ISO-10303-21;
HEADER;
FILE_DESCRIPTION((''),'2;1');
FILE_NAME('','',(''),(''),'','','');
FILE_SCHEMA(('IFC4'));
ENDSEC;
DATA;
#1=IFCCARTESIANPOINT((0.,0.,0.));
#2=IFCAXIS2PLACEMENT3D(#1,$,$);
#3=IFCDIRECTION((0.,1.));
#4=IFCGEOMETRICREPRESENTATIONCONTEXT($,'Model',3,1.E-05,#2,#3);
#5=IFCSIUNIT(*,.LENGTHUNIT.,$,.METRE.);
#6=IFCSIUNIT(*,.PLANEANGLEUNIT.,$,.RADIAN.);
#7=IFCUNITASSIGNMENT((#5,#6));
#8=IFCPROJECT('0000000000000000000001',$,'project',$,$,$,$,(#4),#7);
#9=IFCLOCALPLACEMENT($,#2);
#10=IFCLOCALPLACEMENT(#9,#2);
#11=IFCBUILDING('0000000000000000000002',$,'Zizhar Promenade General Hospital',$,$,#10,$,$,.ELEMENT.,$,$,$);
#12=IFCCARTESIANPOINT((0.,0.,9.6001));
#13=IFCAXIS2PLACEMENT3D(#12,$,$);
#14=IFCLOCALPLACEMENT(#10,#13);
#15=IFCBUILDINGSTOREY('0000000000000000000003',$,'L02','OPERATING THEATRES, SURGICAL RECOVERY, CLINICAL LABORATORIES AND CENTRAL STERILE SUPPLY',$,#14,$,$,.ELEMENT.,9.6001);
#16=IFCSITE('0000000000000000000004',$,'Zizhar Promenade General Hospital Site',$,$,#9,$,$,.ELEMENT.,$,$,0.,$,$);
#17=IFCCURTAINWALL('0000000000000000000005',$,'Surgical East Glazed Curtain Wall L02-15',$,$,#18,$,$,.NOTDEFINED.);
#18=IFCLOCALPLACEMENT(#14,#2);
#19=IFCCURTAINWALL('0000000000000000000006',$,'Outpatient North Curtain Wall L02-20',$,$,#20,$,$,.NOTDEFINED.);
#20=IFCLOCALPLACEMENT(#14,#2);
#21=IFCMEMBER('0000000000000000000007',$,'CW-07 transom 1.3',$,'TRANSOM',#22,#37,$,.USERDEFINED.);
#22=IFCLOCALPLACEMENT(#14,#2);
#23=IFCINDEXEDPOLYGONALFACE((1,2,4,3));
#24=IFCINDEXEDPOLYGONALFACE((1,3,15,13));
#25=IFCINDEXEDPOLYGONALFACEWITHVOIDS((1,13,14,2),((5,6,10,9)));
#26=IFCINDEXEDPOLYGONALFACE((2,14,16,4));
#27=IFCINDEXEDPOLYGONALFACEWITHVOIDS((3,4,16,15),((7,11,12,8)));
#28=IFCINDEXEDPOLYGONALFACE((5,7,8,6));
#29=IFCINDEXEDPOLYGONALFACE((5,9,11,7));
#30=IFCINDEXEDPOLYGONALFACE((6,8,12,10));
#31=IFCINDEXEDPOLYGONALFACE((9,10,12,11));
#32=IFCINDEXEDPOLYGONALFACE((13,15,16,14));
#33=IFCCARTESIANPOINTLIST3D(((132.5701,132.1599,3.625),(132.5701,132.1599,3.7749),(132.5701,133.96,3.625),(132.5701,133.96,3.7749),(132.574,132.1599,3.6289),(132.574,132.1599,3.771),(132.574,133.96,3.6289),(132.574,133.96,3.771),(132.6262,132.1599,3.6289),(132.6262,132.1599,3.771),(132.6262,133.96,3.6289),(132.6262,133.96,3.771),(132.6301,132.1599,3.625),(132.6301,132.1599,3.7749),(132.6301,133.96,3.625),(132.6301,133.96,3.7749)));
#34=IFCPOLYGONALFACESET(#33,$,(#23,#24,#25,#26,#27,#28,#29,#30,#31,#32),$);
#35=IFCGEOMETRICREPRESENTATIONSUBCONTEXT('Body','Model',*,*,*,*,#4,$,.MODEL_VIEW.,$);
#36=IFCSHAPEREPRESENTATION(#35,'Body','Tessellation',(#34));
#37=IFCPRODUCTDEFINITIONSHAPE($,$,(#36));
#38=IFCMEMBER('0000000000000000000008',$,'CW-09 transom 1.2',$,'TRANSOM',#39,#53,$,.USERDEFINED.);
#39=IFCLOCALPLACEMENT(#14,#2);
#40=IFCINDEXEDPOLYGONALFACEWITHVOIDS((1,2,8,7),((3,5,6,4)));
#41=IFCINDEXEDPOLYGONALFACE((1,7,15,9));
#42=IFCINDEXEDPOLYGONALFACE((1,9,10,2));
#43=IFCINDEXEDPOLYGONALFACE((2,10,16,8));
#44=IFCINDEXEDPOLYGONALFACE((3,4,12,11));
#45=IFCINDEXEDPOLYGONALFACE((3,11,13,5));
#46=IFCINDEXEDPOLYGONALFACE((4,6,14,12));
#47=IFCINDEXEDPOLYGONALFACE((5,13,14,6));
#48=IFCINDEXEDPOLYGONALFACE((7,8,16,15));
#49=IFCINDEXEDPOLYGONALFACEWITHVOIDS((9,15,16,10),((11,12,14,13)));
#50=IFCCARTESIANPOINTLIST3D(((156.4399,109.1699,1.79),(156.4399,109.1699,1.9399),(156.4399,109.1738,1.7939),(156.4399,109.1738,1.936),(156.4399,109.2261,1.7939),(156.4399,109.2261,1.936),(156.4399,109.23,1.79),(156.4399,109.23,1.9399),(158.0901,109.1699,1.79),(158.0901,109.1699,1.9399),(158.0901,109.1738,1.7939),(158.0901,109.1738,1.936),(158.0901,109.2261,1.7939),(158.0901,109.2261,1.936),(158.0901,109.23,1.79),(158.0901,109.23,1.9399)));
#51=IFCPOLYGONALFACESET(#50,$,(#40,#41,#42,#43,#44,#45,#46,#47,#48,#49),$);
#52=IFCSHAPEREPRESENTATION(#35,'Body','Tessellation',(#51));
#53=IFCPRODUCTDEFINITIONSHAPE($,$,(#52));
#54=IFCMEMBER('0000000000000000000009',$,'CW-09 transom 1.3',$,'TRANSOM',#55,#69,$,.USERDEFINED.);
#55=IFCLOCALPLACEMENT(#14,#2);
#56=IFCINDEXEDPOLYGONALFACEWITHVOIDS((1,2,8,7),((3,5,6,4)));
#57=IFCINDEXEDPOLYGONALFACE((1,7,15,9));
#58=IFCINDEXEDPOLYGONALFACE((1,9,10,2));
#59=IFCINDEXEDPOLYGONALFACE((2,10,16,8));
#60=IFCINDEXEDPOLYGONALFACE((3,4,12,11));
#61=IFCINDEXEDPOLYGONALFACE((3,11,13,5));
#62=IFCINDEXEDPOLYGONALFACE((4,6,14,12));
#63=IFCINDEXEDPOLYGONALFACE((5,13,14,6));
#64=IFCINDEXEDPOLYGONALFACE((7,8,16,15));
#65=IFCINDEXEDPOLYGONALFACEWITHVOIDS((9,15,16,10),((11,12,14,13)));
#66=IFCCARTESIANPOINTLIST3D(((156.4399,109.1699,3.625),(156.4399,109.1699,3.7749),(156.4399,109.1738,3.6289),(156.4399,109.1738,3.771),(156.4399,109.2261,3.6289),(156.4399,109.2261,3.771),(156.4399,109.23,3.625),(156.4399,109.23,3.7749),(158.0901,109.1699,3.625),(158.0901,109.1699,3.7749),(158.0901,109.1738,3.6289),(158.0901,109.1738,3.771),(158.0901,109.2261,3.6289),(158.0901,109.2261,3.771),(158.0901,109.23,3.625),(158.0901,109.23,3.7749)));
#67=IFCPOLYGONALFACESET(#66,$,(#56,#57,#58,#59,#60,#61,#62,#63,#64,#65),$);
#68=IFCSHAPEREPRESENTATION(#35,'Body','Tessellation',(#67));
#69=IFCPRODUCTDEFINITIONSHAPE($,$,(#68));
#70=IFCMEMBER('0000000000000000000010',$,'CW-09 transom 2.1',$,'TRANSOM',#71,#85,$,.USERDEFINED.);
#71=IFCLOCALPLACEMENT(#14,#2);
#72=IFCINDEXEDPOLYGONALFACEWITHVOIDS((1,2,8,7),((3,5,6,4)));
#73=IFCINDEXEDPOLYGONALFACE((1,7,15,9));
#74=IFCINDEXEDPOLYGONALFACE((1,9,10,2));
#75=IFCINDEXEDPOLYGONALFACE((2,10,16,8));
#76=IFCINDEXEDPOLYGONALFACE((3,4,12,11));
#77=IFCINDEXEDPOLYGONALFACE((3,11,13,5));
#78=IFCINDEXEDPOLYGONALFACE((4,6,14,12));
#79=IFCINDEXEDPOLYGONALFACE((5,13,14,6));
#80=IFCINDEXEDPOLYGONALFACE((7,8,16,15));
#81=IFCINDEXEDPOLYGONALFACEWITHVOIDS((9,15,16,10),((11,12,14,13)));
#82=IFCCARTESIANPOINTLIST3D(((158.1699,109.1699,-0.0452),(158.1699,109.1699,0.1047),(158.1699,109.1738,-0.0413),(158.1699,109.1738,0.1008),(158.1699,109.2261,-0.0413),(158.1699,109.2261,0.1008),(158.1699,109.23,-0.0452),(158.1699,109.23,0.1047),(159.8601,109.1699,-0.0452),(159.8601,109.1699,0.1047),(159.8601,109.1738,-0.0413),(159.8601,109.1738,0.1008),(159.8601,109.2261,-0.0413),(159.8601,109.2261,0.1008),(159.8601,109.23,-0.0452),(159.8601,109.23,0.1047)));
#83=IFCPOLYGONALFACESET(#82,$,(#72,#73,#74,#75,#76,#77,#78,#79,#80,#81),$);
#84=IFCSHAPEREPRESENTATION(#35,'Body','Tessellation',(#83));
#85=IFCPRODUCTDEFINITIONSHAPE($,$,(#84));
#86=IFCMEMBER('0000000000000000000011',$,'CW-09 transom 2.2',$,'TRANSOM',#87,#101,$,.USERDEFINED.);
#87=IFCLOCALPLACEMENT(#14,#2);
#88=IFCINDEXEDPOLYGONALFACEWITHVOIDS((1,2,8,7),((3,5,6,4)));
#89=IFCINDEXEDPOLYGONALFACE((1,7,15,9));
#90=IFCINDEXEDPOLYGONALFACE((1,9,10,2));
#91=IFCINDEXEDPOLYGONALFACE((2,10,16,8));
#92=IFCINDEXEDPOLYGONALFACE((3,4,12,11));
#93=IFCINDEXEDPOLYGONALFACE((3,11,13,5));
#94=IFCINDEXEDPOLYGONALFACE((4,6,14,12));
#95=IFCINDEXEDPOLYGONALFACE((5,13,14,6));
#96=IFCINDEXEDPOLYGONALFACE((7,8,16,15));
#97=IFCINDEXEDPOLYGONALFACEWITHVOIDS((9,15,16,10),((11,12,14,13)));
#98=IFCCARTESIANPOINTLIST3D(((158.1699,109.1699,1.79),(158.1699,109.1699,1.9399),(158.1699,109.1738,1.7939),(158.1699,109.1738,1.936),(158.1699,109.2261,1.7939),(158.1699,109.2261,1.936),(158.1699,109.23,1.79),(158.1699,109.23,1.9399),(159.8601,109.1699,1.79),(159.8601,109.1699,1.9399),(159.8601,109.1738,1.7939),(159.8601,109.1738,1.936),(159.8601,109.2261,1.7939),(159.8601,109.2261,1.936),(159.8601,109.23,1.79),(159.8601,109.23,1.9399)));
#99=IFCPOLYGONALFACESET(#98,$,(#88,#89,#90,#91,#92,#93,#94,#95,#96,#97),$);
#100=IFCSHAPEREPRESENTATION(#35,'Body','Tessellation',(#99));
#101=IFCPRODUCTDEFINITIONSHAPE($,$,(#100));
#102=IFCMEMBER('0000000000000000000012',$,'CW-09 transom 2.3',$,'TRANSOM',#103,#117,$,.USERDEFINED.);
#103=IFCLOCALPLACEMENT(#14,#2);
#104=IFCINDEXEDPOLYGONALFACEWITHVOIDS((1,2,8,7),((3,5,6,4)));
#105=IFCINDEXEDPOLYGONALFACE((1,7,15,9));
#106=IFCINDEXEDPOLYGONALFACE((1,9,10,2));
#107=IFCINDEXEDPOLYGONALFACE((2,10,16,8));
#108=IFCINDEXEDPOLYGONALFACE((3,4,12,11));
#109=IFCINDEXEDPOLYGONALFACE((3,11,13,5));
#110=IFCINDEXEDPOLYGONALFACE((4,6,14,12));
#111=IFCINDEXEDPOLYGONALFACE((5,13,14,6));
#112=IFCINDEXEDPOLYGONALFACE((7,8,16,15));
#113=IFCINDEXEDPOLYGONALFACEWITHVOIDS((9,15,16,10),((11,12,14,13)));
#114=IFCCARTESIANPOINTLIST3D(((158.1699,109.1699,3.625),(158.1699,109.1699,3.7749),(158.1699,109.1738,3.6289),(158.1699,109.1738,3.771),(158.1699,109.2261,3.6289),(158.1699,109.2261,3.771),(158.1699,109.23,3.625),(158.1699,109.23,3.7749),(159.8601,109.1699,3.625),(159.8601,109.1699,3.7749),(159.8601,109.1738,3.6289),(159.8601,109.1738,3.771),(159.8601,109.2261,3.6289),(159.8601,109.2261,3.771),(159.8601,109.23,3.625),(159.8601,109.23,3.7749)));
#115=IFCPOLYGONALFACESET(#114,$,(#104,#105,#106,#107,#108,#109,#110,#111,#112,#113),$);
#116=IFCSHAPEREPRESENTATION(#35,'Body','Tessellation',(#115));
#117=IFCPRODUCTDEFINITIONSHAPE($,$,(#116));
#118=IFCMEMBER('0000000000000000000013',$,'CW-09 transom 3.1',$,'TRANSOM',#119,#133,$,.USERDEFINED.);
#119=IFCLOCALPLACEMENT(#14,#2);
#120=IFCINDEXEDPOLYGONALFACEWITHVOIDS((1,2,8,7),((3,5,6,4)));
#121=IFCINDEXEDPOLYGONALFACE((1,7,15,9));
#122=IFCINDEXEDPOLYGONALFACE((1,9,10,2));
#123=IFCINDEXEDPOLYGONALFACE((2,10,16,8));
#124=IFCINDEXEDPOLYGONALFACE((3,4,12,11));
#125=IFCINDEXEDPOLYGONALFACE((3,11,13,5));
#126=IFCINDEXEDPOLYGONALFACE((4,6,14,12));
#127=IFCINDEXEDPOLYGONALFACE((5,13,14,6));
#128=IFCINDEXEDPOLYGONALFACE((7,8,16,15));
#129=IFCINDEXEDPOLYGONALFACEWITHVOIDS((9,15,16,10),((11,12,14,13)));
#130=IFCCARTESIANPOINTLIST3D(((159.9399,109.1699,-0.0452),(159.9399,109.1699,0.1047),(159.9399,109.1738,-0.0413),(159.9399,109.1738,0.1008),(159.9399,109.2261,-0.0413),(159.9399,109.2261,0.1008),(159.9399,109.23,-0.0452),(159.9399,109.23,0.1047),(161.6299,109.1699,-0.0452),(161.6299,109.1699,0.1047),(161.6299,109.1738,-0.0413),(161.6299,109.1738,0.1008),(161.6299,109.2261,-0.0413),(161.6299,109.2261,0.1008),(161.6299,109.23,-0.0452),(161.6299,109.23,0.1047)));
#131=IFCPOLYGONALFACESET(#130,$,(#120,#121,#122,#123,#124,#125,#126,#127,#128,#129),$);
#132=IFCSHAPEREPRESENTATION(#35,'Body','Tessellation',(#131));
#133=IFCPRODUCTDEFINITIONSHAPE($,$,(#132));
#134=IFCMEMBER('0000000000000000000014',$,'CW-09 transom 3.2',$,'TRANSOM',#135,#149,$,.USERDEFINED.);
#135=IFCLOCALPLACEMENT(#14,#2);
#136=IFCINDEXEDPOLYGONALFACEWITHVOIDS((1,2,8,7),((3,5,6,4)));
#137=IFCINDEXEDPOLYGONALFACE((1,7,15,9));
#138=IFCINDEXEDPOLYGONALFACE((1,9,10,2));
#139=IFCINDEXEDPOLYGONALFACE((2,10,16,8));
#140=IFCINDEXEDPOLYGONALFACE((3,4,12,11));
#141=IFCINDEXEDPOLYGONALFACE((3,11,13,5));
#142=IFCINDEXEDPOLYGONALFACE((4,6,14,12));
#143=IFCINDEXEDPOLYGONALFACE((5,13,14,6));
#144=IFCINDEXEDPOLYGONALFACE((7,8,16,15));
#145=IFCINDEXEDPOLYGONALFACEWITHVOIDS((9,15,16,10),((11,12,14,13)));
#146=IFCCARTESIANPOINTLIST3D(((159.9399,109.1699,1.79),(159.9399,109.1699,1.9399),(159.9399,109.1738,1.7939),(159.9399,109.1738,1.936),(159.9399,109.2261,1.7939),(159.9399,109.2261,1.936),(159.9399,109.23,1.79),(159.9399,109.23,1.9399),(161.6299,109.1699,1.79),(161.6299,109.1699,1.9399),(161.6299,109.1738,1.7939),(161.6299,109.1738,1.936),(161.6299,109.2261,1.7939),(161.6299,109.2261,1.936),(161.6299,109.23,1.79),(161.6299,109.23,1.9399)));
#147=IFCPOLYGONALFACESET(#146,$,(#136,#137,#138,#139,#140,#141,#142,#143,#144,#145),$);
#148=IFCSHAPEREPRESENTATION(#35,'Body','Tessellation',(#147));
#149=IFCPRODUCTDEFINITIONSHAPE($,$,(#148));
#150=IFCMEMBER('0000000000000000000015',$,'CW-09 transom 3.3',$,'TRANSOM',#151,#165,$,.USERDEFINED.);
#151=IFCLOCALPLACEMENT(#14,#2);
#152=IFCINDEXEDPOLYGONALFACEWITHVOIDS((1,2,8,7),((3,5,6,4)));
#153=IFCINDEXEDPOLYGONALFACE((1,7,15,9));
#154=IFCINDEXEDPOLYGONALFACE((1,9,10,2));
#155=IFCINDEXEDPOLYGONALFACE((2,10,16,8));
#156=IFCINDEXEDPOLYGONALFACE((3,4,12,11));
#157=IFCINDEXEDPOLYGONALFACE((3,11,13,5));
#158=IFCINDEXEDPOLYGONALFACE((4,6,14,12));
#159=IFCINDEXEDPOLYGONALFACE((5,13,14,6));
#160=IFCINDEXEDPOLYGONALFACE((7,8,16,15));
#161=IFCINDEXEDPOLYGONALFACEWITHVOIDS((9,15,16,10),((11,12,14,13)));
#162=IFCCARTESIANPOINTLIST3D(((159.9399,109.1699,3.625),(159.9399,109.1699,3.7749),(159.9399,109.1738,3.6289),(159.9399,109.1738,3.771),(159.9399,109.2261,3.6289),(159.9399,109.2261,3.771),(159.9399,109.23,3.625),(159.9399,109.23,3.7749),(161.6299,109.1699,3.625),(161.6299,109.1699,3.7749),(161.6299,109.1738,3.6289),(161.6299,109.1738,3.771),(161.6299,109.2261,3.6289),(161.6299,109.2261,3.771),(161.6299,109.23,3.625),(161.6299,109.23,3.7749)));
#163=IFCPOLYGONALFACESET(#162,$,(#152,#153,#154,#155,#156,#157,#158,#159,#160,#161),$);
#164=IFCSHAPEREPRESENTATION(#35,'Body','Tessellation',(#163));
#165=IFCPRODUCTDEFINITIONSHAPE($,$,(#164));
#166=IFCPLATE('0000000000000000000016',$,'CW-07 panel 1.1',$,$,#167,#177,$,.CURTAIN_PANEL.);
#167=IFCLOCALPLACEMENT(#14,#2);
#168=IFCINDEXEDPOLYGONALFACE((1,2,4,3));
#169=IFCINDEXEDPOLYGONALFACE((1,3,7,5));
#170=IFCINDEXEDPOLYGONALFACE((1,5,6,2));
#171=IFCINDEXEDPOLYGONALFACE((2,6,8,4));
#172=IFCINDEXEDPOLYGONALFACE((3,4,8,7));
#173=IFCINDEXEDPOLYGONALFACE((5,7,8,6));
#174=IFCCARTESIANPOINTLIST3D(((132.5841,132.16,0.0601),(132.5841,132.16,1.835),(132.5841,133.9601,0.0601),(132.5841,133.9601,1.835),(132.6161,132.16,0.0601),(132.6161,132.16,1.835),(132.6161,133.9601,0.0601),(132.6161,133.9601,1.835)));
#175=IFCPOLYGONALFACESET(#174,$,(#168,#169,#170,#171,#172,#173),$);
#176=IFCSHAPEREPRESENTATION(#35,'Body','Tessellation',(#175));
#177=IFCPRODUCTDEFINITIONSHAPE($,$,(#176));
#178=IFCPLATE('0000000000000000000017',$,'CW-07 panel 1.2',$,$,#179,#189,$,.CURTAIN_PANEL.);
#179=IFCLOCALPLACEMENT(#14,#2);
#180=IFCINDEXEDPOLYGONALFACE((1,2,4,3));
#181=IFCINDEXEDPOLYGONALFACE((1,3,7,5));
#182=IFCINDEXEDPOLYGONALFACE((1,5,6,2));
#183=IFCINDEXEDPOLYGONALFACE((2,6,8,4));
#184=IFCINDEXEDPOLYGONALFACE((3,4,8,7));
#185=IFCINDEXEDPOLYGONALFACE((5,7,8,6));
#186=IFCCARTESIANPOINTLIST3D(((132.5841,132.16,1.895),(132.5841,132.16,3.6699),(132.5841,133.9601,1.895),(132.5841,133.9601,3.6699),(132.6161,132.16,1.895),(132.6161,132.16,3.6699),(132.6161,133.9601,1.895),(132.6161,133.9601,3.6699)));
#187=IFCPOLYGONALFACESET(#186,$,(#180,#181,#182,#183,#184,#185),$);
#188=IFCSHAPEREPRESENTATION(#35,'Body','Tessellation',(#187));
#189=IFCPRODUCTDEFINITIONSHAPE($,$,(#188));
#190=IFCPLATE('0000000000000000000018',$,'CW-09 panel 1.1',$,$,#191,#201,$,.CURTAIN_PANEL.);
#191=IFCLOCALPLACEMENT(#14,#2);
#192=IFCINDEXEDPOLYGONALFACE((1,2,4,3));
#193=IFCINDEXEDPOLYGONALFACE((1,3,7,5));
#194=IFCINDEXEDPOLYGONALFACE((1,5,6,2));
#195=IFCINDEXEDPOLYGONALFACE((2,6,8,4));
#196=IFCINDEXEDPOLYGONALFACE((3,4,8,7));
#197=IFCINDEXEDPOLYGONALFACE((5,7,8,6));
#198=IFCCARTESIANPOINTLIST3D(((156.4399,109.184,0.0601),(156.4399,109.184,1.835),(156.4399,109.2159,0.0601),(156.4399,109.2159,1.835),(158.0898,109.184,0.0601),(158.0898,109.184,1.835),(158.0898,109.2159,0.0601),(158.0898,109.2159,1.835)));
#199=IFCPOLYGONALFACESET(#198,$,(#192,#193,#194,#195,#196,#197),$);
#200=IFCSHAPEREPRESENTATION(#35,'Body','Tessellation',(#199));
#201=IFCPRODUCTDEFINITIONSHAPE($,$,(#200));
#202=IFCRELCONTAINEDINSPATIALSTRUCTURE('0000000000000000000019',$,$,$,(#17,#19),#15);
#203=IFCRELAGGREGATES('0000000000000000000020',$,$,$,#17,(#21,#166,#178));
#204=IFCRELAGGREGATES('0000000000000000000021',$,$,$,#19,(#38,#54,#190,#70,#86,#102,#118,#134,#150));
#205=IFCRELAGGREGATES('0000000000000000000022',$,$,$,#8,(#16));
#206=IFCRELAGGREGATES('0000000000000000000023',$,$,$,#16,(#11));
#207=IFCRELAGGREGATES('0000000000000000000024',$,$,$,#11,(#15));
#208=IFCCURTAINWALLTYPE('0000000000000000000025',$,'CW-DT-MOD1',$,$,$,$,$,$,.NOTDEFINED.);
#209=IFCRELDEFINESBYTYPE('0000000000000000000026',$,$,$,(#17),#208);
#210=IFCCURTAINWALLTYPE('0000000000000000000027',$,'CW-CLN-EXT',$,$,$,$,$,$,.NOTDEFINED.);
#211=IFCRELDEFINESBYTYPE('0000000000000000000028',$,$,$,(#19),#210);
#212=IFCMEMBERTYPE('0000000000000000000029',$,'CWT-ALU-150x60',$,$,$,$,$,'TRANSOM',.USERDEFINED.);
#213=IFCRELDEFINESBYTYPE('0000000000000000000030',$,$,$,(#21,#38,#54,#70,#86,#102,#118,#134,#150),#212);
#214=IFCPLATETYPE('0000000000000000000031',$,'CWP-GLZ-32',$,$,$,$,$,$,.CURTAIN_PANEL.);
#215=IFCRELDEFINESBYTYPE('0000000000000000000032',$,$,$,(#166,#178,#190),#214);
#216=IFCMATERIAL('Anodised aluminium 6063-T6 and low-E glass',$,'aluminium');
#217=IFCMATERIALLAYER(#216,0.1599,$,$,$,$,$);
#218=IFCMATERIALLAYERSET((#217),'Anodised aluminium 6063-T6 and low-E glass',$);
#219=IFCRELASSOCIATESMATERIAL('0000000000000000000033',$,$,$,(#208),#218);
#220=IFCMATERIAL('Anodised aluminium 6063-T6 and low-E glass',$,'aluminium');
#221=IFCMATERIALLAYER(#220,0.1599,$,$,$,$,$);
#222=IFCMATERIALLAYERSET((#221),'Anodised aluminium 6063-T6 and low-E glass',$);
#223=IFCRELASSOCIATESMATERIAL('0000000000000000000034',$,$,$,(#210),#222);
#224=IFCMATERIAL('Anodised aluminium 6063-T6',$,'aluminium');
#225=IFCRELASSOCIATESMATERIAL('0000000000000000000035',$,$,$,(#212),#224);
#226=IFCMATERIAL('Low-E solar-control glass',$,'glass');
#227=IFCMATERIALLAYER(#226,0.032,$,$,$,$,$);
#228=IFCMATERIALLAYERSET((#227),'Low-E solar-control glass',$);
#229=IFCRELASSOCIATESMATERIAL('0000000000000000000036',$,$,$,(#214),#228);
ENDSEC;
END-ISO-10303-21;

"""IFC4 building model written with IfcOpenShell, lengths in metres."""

from ifc_helpers import new_model, si_unit, direction, frame, origin, origin_2d, place, context, subcontext, project, spatial, rectangle, hollow_rectangle, extrude, material, layer, layer_set, material_profile, profile_set, type_object, element, aggregate, save


model = new_model("IFC4")

# Units and contexts
model_context = context("Model", 3, precision=1e-05, world=origin(), true_north=direction((0.0, 1.0)))
body_context = subcontext(model_context, "Body", "Model", "MODEL_VIEW")
ifc_project = project(units=[si_unit("LENGTHUNIT", "METRE"), si_unit("PLANEANGLEUNIT", "RADIAN")], contexts=[model_context])

# Site, building, storey
site_placement = place(None, origin())
site = spatial("IfcSite", under=ifc_project, at=site_placement, Name="Zizhar Promenade General Hospital Site", CompositionType="ELEMENT", RefElevation=0.0)
building_placement = place(site_placement, origin())
building = spatial("IfcBuilding", under=site, at=building_placement, Name="Zizhar Promenade General Hospital", CompositionType="ELEMENT")
storey_placement = place(building_placement, frame((0.0, 0.0, 9.6001)))
storey = spatial("IfcBuildingStorey", under=building, at=storey_placement, Name="L02", Description="OPERATING THEATRES, SURGICAL RECOVERY, CLINICAL LABORATORIES AND CENTRAL STERILE SUPPLY", CompositionType="ELEMENT", Elevation=9.6001)

# Curtain wall
ifc_material_1 = material(Name="Anodised aluminium 6063-T6 and low-E glass", Category="aluminium")
ifc_layer_1 = layer(ifc_material_1, 0.1599)
ifc_layer_set_1 = layer_set([ifc_layer_1], Name="Anodised aluminium 6063-T6 and low-E glass")
curtain_wall_type_1 = type_object("IfcCurtainWallType", Name="CW-DT-MOD1", PredefinedType="NOTDEFINED", material=ifc_layer_set_1)
curtain_wall_1_placement = place(storey_placement, origin())
curtain_wall_1 = element("IfcCurtainWall", 1, at=curtain_wall_1_placement, inside=storey, type_object=curtain_wall_type_1, Name="Surgical East Glazed Curtain Wall L02-15", PredefinedType="NOTDEFINED")

# Curtain wall
ifc_material_2 = material(Name="Anodised aluminium 6063-T6 and low-E glass", Category="aluminium")
ifc_layer_2 = layer(ifc_material_2, 0.1599)
ifc_layer_set_2 = layer_set([ifc_layer_2], Name="Anodised aluminium 6063-T6 and low-E glass")
curtain_wall_type_2 = type_object("IfcCurtainWallType", Name="CW-CLN-EXT", PredefinedType="NOTDEFINED", material=ifc_layer_set_2)
curtain_wall_2_placement = place(storey_placement, origin())
curtain_wall_2 = element("IfcCurtainWall", 2, at=curtain_wall_2_placement, inside=storey, type_object=curtain_wall_type_2, Name="Outpatient North Curtain Wall L02-20", PredefinedType="NOTDEFINED")

# Members
ifc_material_3 = material(Name="Anodised aluminium 6063-T6", Category="aluminium")
ifc_material_profile_1 = material_profile(ifc_material_3, hollow_rectangle(XDim=0.0601, YDim=0.1499, WallThickness=0.0039, at=origin_2d()))
ifc_profile_set_1 = profile_set([ifc_material_profile_1], Name="Anodised aluminium 6063-T6")
member_type_1 = type_object("IfcMemberType", Name="CWT-ALU-150x60", ElementType="TRANSOM", PredefinedType="USERDEFINED", material=ifc_profile_set_1)
member_1_placement = place(storey_placement, frame((132.6001, 133.96, 3.7), z_axis=(0.0, -1.0, 0.0), x_axis=(1.0, 0.0, 0.0)))
member_1 = element("IfcMember", 3, at=member_1_placement, type_object=member_type_1, Name="CW-07 transom 1.3", ObjectType="TRANSOM", PredefinedType="USERDEFINED", context=body_context, shape_type="SweptSolid", body=[
    extrude(hollow_rectangle(XDim=0.0601, YDim=0.1499, WallThickness=0.0039, at=origin_2d()), origin(), (0.0, 0.0, 1.0), 1.8),
])
member_2_placement = place(storey_placement, frame((156.4399, 109.2, 1.865), z_axis=(1.0, 0.0, 0.0), x_axis=(0.0, 1.0, 0.0)))
member_2 = element("IfcMember", 4, at=member_2_placement, type_object=member_type_1, Name="CW-09 transom 1.2", ObjectType="TRANSOM", PredefinedType="USERDEFINED", context=body_context, shape_type="SweptSolid", body=[
    extrude(hollow_rectangle(XDim=0.0601, YDim=0.1499, WallThickness=0.0039, at=origin_2d()), origin(), (0.0, 0.0, 1.0), 1.6501),
])
member_3_placement = place(storey_placement, frame((156.4399, 109.2, 3.7), z_axis=(1.0, 0.0, 0.0), x_axis=(0.0, 1.0, 0.0)))
member_3 = element("IfcMember", 5, at=member_3_placement, type_object=member_type_1, Name="CW-09 transom 1.3", ObjectType="TRANSOM", PredefinedType="USERDEFINED", context=body_context, shape_type="SweptSolid", body=[
    extrude(hollow_rectangle(XDim=0.0601, YDim=0.1499, WallThickness=0.0039, at=origin_2d()), origin(), (0.0, 0.0, 1.0), 1.6501),
])
member_4_placement = place(storey_placement, frame((158.1699, 109.2, 0.0298), z_axis=(1.0, 0.0, 0.0), x_axis=(0.0, 1.0, 0.0)))
member_4 = element("IfcMember", 6, at=member_4_placement, type_object=member_type_1, Name="CW-09 transom 2.1", ObjectType="TRANSOM", PredefinedType="USERDEFINED", context=body_context, shape_type="SweptSolid", body=[
    extrude(hollow_rectangle(XDim=0.0601, YDim=0.1499, WallThickness=0.0039, at=origin_2d()), origin(), (0.0, 0.0, 1.0), 1.6902),
])
member_5_placement = place(storey_placement, frame((158.1699, 109.2, 1.865), z_axis=(1.0, 0.0, 0.0), x_axis=(0.0, 1.0, 0.0)))
member_5 = element("IfcMember", 7, at=member_5_placement, type_object=member_type_1, Name="CW-09 transom 2.2", ObjectType="TRANSOM", PredefinedType="USERDEFINED", context=body_context, shape_type="SweptSolid", body=[
    extrude(hollow_rectangle(XDim=0.0601, YDim=0.1499, WallThickness=0.0039, at=origin_2d()), origin(), (0.0, 0.0, 1.0), 1.6902),
])
member_6_placement = place(storey_placement, frame((158.1699, 109.2, 3.7), z_axis=(1.0, 0.0, 0.0), x_axis=(0.0, 1.0, 0.0)))
member_6 = element("IfcMember", 8, at=member_6_placement, type_object=member_type_1, Name="CW-09 transom 2.3", ObjectType="TRANSOM", PredefinedType="USERDEFINED", context=body_context, shape_type="SweptSolid", body=[
    extrude(hollow_rectangle(XDim=0.0601, YDim=0.1499, WallThickness=0.0039, at=origin_2d()), origin(), (0.0, 0.0, 1.0), 1.6902),
])
member_7_placement = place(storey_placement, frame((159.9399, 109.2, 0.0298), z_axis=(1.0, 0.0, 0.0), x_axis=(0.0, 1.0, 0.0)))
member_7 = element("IfcMember", 9, at=member_7_placement, type_object=member_type_1, Name="CW-09 transom 3.1", ObjectType="TRANSOM", PredefinedType="USERDEFINED", context=body_context, shape_type="SweptSolid", body=[
    extrude(hollow_rectangle(XDim=0.0601, YDim=0.1499, WallThickness=0.0039, at=origin_2d()), origin(), (0.0, 0.0, 1.0), 1.6899),
])
member_8_placement = place(storey_placement, frame((159.9399, 109.2, 1.865), z_axis=(1.0, 0.0, 0.0), x_axis=(0.0, 1.0, 0.0)))
member_8 = element("IfcMember", 10, at=member_8_placement, type_object=member_type_1, Name="CW-09 transom 3.2", ObjectType="TRANSOM", PredefinedType="USERDEFINED", context=body_context, shape_type="SweptSolid", body=[
    extrude(hollow_rectangle(XDim=0.0601, YDim=0.1499, WallThickness=0.0039, at=origin_2d()), origin(), (0.0, 0.0, 1.0), 1.6899),
])
member_9_placement = place(storey_placement, frame((159.9399, 109.2, 3.7), z_axis=(1.0, 0.0, 0.0), x_axis=(0.0, 1.0, 0.0)))
member_9 = element("IfcMember", 11, at=member_9_placement, type_object=member_type_1, Name="CW-09 transom 3.3", ObjectType="TRANSOM", PredefinedType="USERDEFINED", context=body_context, shape_type="SweptSolid", body=[
    extrude(hollow_rectangle(XDim=0.0601, YDim=0.1499, WallThickness=0.0039, at=origin_2d()), origin(), (0.0, 0.0, 1.0), 1.6899),
])

# Plates
ifc_material_4 = material(Name="Low-E solar-control glass", Category="glass")
ifc_layer_3 = layer(ifc_material_4, 0.032)
ifc_layer_set_3 = layer_set([ifc_layer_3], Name="Low-E solar-control glass")
plate_type = type_object("IfcPlateType", Name="CWP-GLZ-32", PredefinedType="CURTAIN_PANEL", material=ifc_layer_set_3)
plate_1_placement = place(storey_placement, frame((132.6001, 133.0601, 0.0601), z_axis=(0.0, 0.0, 1.0), x_axis=(0.0, -1.0, 0.0)))
plate_1 = element("IfcPlate", 12, at=plate_1_placement, type_object=plate_type, Name="CW-07 panel 1.1", PredefinedType="CURTAIN_PANEL", context=body_context, shape_type="SweptSolid", body=[
    extrude(rectangle(XDim=1.8, YDim=0.032, at=origin_2d()), origin(), (0.0, 0.0, 1.0), 1.7749),
])
plate_2_placement = place(storey_placement, frame((132.6001, 133.0601, 1.895), z_axis=(0.0, 0.0, 1.0), x_axis=(0.0, -1.0, 0.0)))
plate_2 = element("IfcPlate", 13, at=plate_2_placement, type_object=plate_type, Name="CW-07 panel 1.2", PredefinedType="CURTAIN_PANEL", context=body_context, shape_type="SweptSolid", body=[
    extrude(rectangle(XDim=1.8, YDim=0.032, at=origin_2d()), origin(), (0.0, 0.0, 1.0), 1.7749),
])
aggregate(curtain_wall_1, [member_1, plate_1, plate_2])
plate_3_placement = place(storey_placement, frame((157.2649, 109.2, 0.0601), z_axis=(0.0, 0.0, 1.0), x_axis=(1.0, 0.0, 0.0)))
plate_3 = element("IfcPlate", 14, at=plate_3_placement, type_object=plate_type, Name="CW-09 panel 1.1", PredefinedType="CURTAIN_PANEL", context=body_context, shape_type="SweptSolid", body=[
    extrude(rectangle(XDim=1.6499, YDim=0.032, at=origin_2d()), origin(), (0.0, 0.0, 1.0), 1.7749),
])
aggregate(curtain_wall_2, [member_2, member_3, plate_3, member_4, member_5, member_6, member_7, member_8, member_9])

save(model, "model.ifc")
